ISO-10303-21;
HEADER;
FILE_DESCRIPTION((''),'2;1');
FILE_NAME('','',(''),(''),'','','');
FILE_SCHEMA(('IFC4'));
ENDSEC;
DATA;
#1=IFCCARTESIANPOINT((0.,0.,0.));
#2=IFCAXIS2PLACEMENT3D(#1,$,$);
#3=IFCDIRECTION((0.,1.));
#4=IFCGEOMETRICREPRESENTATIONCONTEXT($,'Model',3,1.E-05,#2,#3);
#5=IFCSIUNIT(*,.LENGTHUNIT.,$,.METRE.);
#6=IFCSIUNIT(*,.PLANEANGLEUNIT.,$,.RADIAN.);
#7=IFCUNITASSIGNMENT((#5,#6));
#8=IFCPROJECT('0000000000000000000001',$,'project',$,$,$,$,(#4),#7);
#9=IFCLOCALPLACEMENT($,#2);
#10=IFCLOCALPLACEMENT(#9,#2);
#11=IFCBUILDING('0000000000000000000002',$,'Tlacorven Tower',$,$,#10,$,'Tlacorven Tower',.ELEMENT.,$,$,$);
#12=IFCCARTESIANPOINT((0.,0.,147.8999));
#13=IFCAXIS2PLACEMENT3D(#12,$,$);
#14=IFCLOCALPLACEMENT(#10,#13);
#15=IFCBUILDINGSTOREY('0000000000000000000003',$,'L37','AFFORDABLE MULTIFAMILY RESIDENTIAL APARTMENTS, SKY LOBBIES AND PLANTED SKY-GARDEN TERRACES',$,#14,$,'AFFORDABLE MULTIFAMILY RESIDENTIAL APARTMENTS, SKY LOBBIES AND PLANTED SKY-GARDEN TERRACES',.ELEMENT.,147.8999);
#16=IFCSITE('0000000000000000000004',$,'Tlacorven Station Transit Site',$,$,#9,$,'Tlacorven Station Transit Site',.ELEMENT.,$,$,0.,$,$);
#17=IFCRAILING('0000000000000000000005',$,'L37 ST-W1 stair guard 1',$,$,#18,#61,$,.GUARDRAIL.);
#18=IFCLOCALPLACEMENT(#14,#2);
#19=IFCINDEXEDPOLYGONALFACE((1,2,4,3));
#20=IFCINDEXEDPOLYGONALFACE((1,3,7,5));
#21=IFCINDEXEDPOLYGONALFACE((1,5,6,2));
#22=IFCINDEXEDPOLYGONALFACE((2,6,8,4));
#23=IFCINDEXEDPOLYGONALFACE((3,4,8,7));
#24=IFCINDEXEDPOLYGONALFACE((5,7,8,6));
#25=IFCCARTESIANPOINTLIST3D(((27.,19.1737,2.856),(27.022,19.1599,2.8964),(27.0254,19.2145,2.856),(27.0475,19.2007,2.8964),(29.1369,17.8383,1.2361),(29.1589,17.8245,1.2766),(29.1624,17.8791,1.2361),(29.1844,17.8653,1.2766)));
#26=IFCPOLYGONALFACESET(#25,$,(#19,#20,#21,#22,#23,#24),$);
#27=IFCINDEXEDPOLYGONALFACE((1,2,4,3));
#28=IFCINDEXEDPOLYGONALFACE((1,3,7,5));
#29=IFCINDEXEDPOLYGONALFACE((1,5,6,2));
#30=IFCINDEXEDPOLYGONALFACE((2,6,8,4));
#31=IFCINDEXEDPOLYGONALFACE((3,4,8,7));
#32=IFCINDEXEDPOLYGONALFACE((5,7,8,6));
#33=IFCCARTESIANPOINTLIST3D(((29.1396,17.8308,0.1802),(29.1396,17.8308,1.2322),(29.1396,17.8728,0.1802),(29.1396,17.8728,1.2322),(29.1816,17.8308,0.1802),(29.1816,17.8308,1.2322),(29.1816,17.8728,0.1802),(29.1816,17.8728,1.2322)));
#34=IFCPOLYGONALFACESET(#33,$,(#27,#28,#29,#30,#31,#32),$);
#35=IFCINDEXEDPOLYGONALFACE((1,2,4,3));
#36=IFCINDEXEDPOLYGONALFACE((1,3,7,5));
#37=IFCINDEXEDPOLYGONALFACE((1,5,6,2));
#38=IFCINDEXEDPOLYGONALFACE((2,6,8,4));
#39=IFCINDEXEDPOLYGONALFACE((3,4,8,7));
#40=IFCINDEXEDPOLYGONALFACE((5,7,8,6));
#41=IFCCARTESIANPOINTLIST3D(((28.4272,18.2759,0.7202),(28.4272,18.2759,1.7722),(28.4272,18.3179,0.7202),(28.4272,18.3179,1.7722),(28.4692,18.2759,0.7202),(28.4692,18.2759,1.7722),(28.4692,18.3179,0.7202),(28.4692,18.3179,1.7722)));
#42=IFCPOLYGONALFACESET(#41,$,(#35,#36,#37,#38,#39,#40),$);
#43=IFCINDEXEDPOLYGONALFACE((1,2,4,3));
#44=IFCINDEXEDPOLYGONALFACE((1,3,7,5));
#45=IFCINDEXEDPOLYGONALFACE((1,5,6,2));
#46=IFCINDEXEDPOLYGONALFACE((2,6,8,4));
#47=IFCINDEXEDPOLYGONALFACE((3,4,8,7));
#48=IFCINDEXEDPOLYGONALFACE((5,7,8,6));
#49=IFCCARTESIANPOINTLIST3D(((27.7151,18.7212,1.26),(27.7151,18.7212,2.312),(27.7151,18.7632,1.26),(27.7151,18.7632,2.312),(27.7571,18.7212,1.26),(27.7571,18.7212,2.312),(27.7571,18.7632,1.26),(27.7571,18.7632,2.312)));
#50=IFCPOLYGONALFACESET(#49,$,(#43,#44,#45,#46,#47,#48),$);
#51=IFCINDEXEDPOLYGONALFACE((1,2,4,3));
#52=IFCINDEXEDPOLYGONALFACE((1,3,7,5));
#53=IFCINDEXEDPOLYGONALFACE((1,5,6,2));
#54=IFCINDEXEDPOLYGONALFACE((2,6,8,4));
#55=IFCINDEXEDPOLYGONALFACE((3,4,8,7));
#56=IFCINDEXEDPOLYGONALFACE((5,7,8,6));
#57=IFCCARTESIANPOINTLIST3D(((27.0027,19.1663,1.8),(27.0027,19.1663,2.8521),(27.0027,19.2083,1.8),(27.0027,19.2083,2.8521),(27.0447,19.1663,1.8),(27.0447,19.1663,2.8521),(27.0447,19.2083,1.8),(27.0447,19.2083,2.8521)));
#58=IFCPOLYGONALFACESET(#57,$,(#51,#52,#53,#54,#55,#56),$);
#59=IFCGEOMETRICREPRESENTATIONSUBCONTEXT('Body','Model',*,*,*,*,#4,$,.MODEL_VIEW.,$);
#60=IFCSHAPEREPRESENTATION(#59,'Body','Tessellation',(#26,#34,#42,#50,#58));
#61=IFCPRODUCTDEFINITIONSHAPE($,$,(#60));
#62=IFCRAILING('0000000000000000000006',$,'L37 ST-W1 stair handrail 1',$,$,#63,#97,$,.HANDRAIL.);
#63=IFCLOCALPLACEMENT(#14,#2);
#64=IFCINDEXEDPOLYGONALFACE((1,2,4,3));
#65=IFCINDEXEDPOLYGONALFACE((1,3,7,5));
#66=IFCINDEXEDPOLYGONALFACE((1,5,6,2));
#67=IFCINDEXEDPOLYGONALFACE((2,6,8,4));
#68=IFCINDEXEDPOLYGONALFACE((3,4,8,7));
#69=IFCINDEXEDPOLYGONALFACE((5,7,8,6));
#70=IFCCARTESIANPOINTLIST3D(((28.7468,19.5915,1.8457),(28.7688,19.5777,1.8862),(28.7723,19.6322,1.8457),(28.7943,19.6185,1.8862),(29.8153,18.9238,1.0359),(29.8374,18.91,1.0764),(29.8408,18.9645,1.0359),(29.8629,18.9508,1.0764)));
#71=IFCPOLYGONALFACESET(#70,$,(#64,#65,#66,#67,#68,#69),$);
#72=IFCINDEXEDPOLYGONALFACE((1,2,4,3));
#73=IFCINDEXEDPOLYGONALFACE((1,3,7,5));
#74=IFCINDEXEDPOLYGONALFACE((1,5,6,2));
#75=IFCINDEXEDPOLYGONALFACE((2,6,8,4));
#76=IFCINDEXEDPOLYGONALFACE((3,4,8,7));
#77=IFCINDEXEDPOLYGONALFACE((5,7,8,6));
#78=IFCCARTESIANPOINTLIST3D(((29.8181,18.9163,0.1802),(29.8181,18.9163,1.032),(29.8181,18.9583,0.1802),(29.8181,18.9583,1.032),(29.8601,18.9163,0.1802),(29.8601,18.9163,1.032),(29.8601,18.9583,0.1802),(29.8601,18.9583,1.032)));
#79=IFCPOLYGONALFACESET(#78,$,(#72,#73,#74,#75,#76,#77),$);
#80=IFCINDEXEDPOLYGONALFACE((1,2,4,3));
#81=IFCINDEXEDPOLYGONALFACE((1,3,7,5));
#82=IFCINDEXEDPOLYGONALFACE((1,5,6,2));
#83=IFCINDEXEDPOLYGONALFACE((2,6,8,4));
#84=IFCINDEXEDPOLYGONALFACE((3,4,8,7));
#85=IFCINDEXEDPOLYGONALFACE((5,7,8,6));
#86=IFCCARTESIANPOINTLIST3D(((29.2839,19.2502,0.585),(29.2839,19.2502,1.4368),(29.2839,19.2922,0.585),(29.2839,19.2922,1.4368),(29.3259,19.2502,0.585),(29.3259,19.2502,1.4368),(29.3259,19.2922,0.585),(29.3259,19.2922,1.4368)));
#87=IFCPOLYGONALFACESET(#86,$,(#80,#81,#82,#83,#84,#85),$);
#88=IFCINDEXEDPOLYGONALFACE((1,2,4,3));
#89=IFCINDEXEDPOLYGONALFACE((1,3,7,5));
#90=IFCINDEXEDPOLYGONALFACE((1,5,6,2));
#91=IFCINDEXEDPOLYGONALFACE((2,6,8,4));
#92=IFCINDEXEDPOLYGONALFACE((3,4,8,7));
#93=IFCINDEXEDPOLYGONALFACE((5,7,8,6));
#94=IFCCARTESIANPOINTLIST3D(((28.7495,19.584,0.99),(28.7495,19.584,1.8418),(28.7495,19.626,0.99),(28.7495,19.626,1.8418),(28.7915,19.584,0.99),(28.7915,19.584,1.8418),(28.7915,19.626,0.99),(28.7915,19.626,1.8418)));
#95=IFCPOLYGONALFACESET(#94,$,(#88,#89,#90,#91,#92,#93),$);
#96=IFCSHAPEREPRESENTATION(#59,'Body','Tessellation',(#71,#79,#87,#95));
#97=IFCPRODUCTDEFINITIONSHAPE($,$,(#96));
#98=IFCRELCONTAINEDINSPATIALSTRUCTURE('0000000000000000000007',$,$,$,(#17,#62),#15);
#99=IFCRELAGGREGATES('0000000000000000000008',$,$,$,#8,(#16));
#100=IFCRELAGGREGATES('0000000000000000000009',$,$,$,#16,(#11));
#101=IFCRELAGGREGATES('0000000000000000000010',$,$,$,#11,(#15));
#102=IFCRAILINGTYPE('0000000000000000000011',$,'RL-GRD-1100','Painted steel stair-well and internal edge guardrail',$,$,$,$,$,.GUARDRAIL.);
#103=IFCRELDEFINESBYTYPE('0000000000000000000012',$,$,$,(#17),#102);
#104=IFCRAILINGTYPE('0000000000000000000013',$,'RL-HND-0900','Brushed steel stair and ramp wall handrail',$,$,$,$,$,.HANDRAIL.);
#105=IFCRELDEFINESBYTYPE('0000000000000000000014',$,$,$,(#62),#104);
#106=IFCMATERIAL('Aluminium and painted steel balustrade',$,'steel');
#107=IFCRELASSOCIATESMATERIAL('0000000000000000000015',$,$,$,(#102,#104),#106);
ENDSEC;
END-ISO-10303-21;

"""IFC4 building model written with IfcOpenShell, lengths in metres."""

from ifc_helpers import new_model, si_unit, direction, frame, origin, origin_2d, place, context, subcontext, project, spatial, rectangle, extrude, source, transform, mapped, material, type_object, element, save


model = new_model("IFC4")

# Units and contexts
model_context = context("Model", 3, precision=1e-05, world=origin(), true_north=direction((0.0, 1.0)))
body_context = subcontext(model_context, "Body", "Model", "MODEL_VIEW")
ifc_project = project(units=[si_unit("LENGTHUNIT", "METRE"), si_unit("PLANEANGLEUNIT", "RADIAN")], contexts=[model_context])

# Site, building, storey
site_placement = place(None, origin())
site = spatial("IfcSite", under=ifc_project, at=site_placement, Name="Tlacorven Station Transit Site", LongName="Tlacorven Station Transit Site", CompositionType="ELEMENT", RefElevation=0.0)
building_placement = place(site_placement, origin())
building = spatial("IfcBuilding", under=site, at=building_placement, Name="Tlacorven Tower", LongName="Tlacorven Tower", CompositionType="ELEMENT")
storey_placement = place(building_placement, frame((0.0, 0.0, 147.8999)))
storey = spatial("IfcBuildingStorey", under=building, at=storey_placement, Name="L37", Description="AFFORDABLE MULTIFAMILY RESIDENTIAL APARTMENTS, SKY LOBBIES AND PLANTED SKY-GARDEN TERRACES", LongName="AFFORDABLE MULTIFAMILY RESIDENTIAL APARTMENTS, SKY LOBBIES AND PLANTED SKY-GARDEN TERRACES", CompositionType="ELEMENT", Elevation=147.8999)

# Railings
ifc_material_1 = material(Name="Aluminium and painted steel balustrade", Category="steel")
railing_type_1 = type_object("IfcRailingType", Name="RL-GRD-1100", Description="Painted steel stair-well and internal edge guardrail", PredefinedType="GUARDRAIL", material=ifc_material_1)
railing_type_2 = type_object("IfcRailingType", Name="RL-HND-0900", Description="Brushed steel stair and ramp wall handrail", PredefinedType="HANDRAIL", material=ifc_material_1)
shared_shape_1 = source(origin(), body_context, "Body", "SweptSolid", [
    extrude(rectangle(XDim=0.0481, YDim=0.0481, at=origin_2d()), frame((0.0, 0.0, 1.0762), z_axis=(-0.713351, 0.445794, 0.540739), x_axis=(-0.529955, -0.848026, 0.0)), (0.0, 0.0, 1.0), 2.9956),
    extrude(rectangle(XDim=0.042, YDim=0.042, at=origin_2d()), origin(), (0.0, 0.0, 1.0), 1.052),
    extrude(rectangle(XDim=0.042, YDim=0.042, at=origin_2d()), frame((-0.7124, 0.4451, 0.54)), (0.0, 0.0, 1.0), 1.052),
    extrude(rectangle(XDim=0.042, YDim=0.042, at=origin_2d()), frame((-1.4246, 0.8904, 1.0798)), (0.0, 0.0, 1.0), 1.052),
    extrude(rectangle(XDim=0.042, YDim=0.042, at=origin_2d()), frame((-2.137, 1.3354, 1.6199)), (0.0, 0.0, 1.0), 1.052),
])
railing_1_placement = place(storey_placement, frame((29.1606, 17.8518, 0.1802)))
element("IfcRailing", 1, at=railing_1_placement, inside=storey, type_object=railing_type_1, Name="L37 ST-W1 stair guard 1", PredefinedType="GUARDRAIL", context=body_context, shape_type="MappedRepresentation", body=[
    mapped(shared_shape_1, transform((0.0, 0.0, 0.0), scale=1.0)),
])
shared_shape_2 = source(origin(), body_context, "Body", "SweptSolid", [
    extrude(rectangle(XDim=0.0481, YDim=0.0481, at=origin_2d()), frame((0.0, 0.0, 0.876), z_axis=(-0.713423, 0.445787, 0.540649), x_axis=(-0.529912, -0.848053, 0.0)), (0.0, 0.0, 1.0), 1.4978),
    extrude(rectangle(XDim=0.042, YDim=0.042, at=origin_2d()), origin(), (0.0, 0.0, 1.0), 0.8518),
    extrude(rectangle(XDim=0.042, YDim=0.042, at=origin_2d()), frame((-0.5342, 0.334, 0.4048)), (0.0, 0.0, 1.0), 0.8518),
    extrude(rectangle(XDim=0.042, YDim=0.042, at=origin_2d()), frame((-1.0686, 0.6677, 0.8098)), (0.0, 0.0, 1.0), 0.8518),
])
railing_2_placement = place(storey_placement, frame((29.8391, 18.9373, 0.1802)))
element("IfcRailing", 2, at=railing_2_placement, inside=storey, type_object=railing_type_2, Name="L37 ST-W1 stair handrail 1", PredefinedType="HANDRAIL", context=body_context, shape_type="MappedRepresentation", body=[
    mapped(shared_shape_2, transform((0.0, 0.0, 0.0), scale=1.0)),
])

save(model, "model.ifc")
